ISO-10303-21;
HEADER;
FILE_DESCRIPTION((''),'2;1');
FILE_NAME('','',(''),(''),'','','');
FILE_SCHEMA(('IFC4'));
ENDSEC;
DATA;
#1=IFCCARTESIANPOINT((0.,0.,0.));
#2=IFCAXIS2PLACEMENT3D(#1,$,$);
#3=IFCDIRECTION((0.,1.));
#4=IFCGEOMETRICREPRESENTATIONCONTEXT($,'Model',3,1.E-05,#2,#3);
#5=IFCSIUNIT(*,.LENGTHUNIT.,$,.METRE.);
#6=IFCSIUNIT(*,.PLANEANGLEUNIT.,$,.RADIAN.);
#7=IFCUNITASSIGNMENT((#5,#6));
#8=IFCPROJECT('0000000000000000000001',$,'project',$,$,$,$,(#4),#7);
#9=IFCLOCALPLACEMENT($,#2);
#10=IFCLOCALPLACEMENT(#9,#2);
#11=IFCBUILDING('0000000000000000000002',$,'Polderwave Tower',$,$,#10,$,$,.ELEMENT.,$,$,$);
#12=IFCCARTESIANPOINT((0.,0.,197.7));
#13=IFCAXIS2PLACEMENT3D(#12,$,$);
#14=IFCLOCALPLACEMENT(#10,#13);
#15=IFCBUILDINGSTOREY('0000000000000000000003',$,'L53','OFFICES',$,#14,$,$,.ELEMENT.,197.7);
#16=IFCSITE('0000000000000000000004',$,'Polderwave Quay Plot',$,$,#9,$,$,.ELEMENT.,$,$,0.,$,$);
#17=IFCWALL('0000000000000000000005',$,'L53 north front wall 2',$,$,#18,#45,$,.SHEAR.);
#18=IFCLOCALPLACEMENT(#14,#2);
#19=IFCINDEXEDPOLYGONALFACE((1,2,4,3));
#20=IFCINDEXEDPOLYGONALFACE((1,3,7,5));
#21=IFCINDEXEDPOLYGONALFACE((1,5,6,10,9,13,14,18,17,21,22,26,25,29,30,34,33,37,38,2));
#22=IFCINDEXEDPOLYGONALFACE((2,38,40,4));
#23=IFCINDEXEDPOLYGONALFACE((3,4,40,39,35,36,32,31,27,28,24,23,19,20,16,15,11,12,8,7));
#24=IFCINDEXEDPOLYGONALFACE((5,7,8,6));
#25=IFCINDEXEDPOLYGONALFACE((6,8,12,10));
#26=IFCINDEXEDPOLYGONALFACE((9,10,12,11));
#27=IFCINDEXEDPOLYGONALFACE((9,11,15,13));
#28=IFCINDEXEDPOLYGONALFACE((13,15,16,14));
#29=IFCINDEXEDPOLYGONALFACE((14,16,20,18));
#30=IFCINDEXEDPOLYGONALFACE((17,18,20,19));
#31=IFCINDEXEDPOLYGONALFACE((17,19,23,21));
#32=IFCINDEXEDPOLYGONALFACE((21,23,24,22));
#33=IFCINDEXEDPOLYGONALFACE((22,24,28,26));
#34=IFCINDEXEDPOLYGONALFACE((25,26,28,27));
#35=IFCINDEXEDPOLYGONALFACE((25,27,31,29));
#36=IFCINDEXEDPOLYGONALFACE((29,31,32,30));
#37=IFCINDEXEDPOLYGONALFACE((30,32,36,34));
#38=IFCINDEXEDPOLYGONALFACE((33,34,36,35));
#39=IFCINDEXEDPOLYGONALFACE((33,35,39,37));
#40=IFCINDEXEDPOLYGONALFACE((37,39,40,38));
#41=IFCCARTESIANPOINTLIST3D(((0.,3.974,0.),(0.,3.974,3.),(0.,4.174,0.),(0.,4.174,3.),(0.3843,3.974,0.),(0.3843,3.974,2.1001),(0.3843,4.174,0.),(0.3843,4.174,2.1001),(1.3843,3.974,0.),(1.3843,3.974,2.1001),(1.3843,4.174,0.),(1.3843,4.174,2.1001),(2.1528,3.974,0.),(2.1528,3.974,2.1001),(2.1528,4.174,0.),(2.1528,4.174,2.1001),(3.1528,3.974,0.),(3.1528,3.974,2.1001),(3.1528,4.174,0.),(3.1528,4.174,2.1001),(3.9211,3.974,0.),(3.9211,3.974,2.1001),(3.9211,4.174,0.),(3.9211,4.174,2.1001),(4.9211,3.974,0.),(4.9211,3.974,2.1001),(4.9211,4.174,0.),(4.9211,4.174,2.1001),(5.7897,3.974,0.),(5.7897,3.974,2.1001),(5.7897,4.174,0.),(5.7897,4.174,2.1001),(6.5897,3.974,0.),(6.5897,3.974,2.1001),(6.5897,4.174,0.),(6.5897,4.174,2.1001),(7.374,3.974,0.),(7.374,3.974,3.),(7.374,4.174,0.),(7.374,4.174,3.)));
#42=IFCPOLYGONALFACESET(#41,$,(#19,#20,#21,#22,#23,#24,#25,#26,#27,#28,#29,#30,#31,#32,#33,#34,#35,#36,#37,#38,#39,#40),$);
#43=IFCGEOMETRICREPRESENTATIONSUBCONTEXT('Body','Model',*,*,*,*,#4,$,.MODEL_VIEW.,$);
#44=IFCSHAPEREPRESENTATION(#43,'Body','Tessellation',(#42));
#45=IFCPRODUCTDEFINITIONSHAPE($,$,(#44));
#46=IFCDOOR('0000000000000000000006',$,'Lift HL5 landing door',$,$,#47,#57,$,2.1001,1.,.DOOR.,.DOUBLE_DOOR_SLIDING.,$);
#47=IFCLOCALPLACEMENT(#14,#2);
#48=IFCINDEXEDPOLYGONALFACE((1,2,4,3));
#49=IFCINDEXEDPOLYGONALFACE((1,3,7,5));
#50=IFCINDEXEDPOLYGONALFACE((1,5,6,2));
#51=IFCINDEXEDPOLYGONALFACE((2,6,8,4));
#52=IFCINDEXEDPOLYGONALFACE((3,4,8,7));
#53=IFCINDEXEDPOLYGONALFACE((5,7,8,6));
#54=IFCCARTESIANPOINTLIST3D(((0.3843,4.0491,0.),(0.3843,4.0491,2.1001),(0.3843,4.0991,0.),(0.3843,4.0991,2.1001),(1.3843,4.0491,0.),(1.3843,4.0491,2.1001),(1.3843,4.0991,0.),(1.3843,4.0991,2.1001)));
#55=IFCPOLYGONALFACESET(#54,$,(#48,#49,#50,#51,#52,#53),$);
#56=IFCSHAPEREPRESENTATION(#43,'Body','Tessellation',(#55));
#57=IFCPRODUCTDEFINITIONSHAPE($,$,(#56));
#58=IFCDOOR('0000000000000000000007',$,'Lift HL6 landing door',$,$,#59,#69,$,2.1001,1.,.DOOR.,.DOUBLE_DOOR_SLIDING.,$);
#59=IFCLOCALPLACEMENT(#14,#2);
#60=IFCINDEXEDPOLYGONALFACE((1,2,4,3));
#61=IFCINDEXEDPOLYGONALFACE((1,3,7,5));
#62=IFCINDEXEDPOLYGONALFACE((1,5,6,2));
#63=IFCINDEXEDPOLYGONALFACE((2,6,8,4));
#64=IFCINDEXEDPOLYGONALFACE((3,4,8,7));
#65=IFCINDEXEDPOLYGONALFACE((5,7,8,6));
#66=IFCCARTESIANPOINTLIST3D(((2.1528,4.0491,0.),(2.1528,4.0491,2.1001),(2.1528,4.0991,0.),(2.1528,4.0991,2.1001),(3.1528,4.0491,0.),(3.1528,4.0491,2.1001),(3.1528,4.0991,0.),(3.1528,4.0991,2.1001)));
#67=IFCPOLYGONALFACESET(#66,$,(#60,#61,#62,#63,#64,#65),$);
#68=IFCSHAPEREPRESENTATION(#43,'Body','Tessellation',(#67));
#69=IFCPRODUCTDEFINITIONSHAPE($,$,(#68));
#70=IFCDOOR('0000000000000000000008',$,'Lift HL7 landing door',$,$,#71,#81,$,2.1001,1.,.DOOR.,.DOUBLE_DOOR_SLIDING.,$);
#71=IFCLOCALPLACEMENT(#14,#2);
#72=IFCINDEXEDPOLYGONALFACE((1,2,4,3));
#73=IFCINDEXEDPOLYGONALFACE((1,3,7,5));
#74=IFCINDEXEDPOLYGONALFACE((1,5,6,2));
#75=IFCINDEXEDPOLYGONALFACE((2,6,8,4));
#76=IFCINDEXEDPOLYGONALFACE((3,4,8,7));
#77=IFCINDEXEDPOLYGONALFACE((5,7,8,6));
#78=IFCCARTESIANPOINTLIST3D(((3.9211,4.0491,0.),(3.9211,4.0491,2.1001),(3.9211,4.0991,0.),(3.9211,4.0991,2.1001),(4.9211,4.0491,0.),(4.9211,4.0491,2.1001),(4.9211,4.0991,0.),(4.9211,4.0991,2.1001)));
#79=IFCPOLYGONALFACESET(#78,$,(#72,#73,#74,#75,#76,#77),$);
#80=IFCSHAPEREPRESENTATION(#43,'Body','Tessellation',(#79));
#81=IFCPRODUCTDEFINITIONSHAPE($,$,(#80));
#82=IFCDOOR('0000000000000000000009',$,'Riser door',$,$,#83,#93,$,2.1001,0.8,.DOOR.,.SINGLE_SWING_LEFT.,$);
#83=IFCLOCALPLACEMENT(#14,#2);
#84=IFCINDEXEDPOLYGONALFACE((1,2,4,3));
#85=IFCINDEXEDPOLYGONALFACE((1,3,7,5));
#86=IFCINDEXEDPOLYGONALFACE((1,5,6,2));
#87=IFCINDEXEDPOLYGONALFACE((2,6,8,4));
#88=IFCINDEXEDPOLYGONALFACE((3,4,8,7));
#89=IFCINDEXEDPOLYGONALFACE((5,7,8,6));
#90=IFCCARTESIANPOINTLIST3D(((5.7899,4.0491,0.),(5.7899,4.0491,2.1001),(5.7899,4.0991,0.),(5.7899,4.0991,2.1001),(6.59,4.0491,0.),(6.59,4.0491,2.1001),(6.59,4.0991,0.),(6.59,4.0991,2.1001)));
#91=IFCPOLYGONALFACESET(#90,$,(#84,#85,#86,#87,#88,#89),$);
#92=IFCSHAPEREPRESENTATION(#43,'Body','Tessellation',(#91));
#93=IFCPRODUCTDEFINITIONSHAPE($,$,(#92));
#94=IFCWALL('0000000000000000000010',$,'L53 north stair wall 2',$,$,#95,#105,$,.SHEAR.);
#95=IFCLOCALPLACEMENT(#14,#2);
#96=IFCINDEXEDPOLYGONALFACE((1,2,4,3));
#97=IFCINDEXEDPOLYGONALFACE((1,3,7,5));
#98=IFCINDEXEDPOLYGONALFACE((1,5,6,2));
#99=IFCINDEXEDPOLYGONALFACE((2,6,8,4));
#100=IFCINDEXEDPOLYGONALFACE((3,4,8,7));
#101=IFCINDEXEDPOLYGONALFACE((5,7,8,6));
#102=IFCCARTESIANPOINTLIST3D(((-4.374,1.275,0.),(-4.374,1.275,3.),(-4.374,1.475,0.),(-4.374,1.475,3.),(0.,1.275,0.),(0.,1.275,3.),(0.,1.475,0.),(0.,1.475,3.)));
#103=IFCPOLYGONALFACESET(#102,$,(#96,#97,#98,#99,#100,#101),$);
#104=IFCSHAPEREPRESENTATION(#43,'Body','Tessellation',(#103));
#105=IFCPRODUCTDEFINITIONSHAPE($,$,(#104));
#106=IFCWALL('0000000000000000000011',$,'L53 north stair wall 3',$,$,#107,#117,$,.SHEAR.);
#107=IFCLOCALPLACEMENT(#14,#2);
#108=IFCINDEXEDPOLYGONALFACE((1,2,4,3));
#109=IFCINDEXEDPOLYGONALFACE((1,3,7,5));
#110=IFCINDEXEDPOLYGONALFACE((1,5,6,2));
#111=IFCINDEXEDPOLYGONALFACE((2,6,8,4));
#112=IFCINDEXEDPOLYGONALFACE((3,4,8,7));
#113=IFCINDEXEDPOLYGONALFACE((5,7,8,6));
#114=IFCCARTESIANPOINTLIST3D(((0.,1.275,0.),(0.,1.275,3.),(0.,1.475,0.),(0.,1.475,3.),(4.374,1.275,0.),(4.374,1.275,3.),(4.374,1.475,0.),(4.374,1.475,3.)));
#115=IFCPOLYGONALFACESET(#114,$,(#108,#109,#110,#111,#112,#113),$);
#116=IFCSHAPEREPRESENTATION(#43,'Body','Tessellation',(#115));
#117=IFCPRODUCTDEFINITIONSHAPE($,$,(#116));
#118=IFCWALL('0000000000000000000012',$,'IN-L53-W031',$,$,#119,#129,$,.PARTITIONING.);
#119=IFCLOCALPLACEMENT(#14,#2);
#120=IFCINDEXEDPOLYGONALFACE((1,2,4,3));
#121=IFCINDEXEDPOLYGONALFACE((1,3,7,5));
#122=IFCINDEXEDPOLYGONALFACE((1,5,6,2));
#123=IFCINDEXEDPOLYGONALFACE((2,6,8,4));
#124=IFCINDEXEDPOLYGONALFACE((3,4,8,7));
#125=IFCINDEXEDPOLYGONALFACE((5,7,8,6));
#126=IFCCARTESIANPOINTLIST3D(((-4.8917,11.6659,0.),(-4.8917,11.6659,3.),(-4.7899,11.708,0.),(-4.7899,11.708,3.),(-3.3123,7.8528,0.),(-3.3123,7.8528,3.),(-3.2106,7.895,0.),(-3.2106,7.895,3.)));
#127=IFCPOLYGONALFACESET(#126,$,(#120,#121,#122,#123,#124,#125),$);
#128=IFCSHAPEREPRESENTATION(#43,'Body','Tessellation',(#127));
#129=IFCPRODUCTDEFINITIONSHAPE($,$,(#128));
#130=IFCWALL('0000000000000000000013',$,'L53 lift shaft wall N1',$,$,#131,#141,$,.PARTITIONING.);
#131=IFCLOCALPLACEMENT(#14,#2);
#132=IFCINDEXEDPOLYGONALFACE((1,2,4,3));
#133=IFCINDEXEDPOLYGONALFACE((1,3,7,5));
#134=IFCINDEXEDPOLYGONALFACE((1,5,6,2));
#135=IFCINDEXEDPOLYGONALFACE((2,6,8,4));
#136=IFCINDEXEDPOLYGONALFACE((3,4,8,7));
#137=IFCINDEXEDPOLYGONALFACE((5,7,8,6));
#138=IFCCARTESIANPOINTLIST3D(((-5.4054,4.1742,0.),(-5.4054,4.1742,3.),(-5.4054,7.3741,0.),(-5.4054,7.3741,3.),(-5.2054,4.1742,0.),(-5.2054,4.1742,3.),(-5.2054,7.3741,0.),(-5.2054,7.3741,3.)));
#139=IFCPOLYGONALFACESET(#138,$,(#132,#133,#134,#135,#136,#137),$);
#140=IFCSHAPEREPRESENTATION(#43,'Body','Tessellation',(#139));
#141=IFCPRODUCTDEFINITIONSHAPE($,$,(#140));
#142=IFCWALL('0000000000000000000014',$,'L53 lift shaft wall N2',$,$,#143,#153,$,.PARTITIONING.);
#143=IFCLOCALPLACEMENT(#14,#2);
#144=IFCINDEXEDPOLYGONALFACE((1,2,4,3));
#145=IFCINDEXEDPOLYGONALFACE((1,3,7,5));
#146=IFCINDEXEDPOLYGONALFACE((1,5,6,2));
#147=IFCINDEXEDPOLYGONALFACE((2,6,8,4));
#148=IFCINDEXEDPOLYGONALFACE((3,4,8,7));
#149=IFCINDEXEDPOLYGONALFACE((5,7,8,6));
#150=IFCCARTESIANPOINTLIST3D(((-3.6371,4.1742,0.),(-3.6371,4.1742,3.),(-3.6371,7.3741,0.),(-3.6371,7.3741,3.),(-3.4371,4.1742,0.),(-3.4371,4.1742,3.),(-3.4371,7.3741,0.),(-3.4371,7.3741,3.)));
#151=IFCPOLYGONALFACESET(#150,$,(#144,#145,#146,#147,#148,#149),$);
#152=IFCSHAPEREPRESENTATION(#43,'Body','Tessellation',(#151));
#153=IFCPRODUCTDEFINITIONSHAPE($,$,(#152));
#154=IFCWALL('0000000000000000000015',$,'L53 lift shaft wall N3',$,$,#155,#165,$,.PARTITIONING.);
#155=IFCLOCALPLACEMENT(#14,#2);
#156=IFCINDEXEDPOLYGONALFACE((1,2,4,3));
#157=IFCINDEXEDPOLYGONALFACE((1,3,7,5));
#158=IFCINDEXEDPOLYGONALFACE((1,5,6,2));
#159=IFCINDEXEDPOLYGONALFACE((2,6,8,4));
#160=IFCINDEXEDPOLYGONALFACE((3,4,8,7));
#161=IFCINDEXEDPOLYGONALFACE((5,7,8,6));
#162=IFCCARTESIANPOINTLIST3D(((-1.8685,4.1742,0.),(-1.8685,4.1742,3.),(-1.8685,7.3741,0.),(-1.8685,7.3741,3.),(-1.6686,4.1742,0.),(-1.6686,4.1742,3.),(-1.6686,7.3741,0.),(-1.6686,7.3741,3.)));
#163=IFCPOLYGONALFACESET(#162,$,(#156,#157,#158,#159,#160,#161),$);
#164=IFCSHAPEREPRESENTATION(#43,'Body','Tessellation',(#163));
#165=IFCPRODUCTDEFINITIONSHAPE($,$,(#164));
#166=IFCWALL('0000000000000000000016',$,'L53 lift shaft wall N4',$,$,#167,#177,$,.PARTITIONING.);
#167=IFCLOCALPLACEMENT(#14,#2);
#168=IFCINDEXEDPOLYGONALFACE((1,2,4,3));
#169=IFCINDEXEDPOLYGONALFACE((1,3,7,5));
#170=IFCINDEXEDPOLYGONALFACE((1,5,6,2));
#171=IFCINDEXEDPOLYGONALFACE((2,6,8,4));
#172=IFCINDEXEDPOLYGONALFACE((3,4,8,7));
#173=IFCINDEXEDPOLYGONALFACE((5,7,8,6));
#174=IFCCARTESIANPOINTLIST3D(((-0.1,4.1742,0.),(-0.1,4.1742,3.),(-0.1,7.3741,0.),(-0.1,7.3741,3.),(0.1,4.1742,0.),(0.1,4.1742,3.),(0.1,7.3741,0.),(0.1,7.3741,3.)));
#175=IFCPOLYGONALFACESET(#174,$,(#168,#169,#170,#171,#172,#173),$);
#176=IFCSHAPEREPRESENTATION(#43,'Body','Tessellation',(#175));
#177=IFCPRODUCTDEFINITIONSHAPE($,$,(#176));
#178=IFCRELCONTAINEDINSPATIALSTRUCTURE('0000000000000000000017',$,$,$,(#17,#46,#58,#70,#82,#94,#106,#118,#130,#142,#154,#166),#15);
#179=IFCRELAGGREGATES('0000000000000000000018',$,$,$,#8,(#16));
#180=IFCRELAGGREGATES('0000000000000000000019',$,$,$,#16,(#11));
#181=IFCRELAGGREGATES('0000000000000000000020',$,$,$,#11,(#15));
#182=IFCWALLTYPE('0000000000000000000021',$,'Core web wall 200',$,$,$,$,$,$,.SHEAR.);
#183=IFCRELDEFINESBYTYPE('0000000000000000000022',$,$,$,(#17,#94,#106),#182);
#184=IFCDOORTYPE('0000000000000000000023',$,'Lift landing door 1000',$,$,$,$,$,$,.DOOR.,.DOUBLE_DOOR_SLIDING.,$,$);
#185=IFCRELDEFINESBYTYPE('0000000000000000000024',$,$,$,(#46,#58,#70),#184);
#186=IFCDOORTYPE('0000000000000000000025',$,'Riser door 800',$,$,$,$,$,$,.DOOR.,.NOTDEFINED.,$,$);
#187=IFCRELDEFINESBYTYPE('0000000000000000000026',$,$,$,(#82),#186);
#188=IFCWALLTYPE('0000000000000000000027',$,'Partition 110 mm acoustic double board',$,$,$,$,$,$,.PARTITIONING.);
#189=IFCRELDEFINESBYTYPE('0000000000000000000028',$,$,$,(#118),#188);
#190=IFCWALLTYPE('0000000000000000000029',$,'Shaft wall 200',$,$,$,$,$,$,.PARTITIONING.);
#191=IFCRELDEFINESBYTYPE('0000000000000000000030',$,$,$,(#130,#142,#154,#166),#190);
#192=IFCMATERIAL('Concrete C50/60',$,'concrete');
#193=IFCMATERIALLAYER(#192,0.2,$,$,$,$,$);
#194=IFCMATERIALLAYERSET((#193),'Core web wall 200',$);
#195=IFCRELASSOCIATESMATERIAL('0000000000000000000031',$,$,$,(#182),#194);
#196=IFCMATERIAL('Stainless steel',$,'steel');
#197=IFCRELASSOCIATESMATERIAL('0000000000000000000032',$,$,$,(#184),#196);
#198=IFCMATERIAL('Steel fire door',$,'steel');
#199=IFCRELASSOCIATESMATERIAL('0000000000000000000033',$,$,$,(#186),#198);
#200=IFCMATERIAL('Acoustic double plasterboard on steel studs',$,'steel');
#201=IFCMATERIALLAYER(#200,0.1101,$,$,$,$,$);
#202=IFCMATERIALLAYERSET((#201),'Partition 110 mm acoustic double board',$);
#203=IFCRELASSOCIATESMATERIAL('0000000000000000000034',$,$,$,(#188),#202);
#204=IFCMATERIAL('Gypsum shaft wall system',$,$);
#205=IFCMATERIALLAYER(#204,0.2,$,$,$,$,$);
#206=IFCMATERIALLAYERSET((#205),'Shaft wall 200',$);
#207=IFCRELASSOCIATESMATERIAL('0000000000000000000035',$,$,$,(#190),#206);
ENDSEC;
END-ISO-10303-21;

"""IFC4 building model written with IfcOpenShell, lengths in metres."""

from ifc_helpers import new_model, si_unit, direction, frame, frame_2d, origin, place, context, subcontext, project, spatial, rectangle, extrude, material, layer, layer_set, type_object, element, fill, save


model = new_model("IFC4")

# Units and contexts
model_context = context("Model", 3, precision=1e-05, world=origin(), true_north=direction((0.0, 1.0)))
body_context = subcontext(model_context, "Body", "Model", "MODEL_VIEW")
ifc_project = project(units=[si_unit("LENGTHUNIT", "METRE"), si_unit("PLANEANGLEUNIT", "RADIAN")], contexts=[model_context])

# Site, building, storey
site_placement = place(None, origin())
site = spatial("IfcSite", under=ifc_project, at=site_placement, Name="Polderwave Quay Plot", CompositionType="ELEMENT", RefElevation=0.0)
building_placement = place(site_placement, origin())
building = spatial("IfcBuilding", under=site, at=building_placement, Name="Polderwave Tower", CompositionType="ELEMENT")
storey_placement = place(building_placement, frame((0.0, 0.0, 197.7)))
storey = spatial("IfcBuildingStorey", under=building, at=storey_placement, Name="L53", Description="OFFICES", CompositionType="ELEMENT", Elevation=197.7)

# Wall, openings, doors
ifc_material_1 = material(Name="Concrete C50/60", Category="concrete")
ifc_layer_1 = layer(ifc_material_1, 0.2)
ifc_layer_set_1 = layer_set([ifc_layer_1], Name="Core web wall 200")
wall_type_1 = type_object("IfcWallType", Name="Core web wall 200", PredefinedType="SHEAR", material=ifc_layer_set_1)
ifc_material_2 = material(Name="Stainless steel", Category="steel")
door_type_1 = type_object("IfcDoorType", Name="Lift landing door 1000", OperationType="DOUBLE_DOOR_SLIDING", PredefinedType="DOOR", material=ifc_material_2)
wall_1_placement = place(storey_placement, frame((0.0, 4.074, 0.0), z_axis=(0.0, 0.0, 1.0), x_axis=(1.0, 0.0, 0.0)))
wall_1 = element("IfcWall", 1, at=wall_1_placement, inside=storey, type_object=wall_type_1, Name="L53 north front wall 2", PredefinedType="SHEAR", context=body_context, shape_type="SweptSolid", body=[
    extrude(rectangle(XDim=7.374, YDim=0.2, at=frame_2d((3.687, 0.0))), origin(), (0.0, 0.0, 1.0), 3.0),
])
opening_1_placement = place(wall_1_placement, frame((0.3843, 0.0, 0.0)))
opening_1 = element("IfcOpeningElement", 2, at=opening_1_placement, cuts=wall_1, PredefinedType="OPENING", context=body_context, shape_type="SweptSolid", body=[
    extrude(rectangle(XDim=1.0, YDim=2.1001, at=frame_2d((0.5, 1.05))), frame((0.0, 0.1099, 0.0), z_axis=(0.0, -1.0, 0.0), x_axis=(1.0, 0.0, 0.0)), (0.0, 0.0, 1.0), 0.22),
])
opening_2_placement = place(wall_1_placement, frame((2.1528, 0.0, 0.0)))
opening_2 = element("IfcOpeningElement", 3, at=opening_2_placement, cuts=wall_1, PredefinedType="OPENING", context=body_context, shape_type="SweptSolid", body=[
    extrude(rectangle(XDim=1.0, YDim=2.1001, at=frame_2d((0.5, 1.05))), frame((0.0, 0.1099, 0.0), z_axis=(0.0, -1.0, 0.0), x_axis=(1.0, 0.0, 0.0)), (0.0, 0.0, 1.0), 0.22),
])
opening_3_placement = place(wall_1_placement, frame((3.9211, 0.0, 0.0)))
opening_3 = element("IfcOpeningElement", 4, at=opening_3_placement, cuts=wall_1, PredefinedType="OPENING", context=body_context, shape_type="SweptSolid", body=[
    extrude(rectangle(XDim=1.0, YDim=2.1001, at=frame_2d((0.5, 1.05))), frame((0.0, 0.1099, 0.0), z_axis=(0.0, -1.0, 0.0), x_axis=(1.0, 0.0, 0.0)), (0.0, 0.0, 1.0), 0.22),
])
opening_4_placement = place(wall_1_placement, frame((5.7898, 0.0, 0.0)))
opening_4 = element("IfcOpeningElement", 5, at=opening_4_placement, cuts=wall_1, PredefinedType="OPENING", context=body_context, shape_type="SweptSolid", body=[
    extrude(rectangle(XDim=0.8, YDim=2.1001, at=frame_2d((0.3999, 1.05))), frame((0.0, 0.1099, 0.0), z_axis=(0.0, -1.0, 0.0), x_axis=(1.0, 0.0, 0.0)), (0.0, 0.0, 1.0), 0.22),
])
door_1_placement = place(opening_1_placement, frame((1.0, 0.0, 0.0), z_axis=(0.0, 0.0, 1.0), x_axis=(-1.0, 0.0, 0.0)))
door_1 = element("IfcDoor", 6, at=door_1_placement, inside=storey, type_object=door_type_1, Name="Lift HL5 landing door", OperationType="DOUBLE_DOOR_SLIDING", OverallHeight=2.1001, OverallWidth=1.0, PredefinedType="DOOR", context=body_context, shape_type="SweptSolid", body=[
    extrude(rectangle(XDim=1.0, YDim=2.1001, at=frame_2d((0.5, 1.05))), frame((0.0, 0.0249, 0.0), z_axis=(0.0, -1.0, 0.0), x_axis=(1.0, 0.0, 0.0)), (0.0, 0.0, 1.0), 0.05),
])
fill(opening_1, door_1)
door_2_placement = place(opening_2_placement, frame((1.0, 0.0, 0.0), z_axis=(0.0, 0.0, 1.0), x_axis=(-1.0, 0.0, 0.0)))
door_2 = element("IfcDoor", 7, at=door_2_placement, inside=storey, type_object=door_type_1, Name="Lift HL6 landing door", OperationType="DOUBLE_DOOR_SLIDING", OverallHeight=2.1001, OverallWidth=1.0, PredefinedType="DOOR", context=body_context, shape_type="SweptSolid", body=[
    extrude(rectangle(XDim=1.0, YDim=2.1001, at=frame_2d((0.5, 1.05))), frame((0.0, 0.0249, 0.0), z_axis=(0.0, -1.0, 0.0), x_axis=(1.0, 0.0, 0.0)), (0.0, 0.0, 1.0), 0.05),
])
fill(opening_2, door_2)
door_3_placement = place(opening_3_placement, frame((1.0, 0.0, 0.0), z_axis=(0.0, 0.0, 1.0), x_axis=(-1.0, 0.0, 0.0)))
door_3 = element("IfcDoor", 8, at=door_3_placement, inside=storey, type_object=door_type_1, Name="Lift HL7 landing door", OperationType="DOUBLE_DOOR_SLIDING", OverallHeight=2.1001, OverallWidth=1.0, PredefinedType="DOOR", context=body_context, shape_type="SweptSolid", body=[
    extrude(rectangle(XDim=1.0, YDim=2.1001, at=frame_2d((0.5, 1.05))), frame((0.0, 0.0249, 0.0), z_axis=(0.0, -1.0, 0.0), x_axis=(1.0, 0.0, 0.0)), (0.0, 0.0, 1.0), 0.05),
])
fill(opening_3, door_3)
ifc_material_3 = material(Name="Steel fire door", Category="steel")
door_type_2 = type_object("IfcDoorType", Name="Riser door 800", OperationType="NOTDEFINED", PredefinedType="DOOR", material=ifc_material_3)
door_4_placement = place(opening_4_placement, frame((0.8, 0.0, 0.0), z_axis=(0.0, 0.0, 1.0), x_axis=(-1.0, 0.0, 0.0)))
door_4 = element("IfcDoor", 9, at=door_4_placement, inside=storey, type_object=door_type_2, Name="Riser door", OperationType="SINGLE_SWING_LEFT", OverallHeight=2.1001, OverallWidth=0.8, PredefinedType="DOOR", context=body_context, shape_type="SweptSolid", body=[
    extrude(rectangle(XDim=0.8, YDim=2.1001, at=frame_2d((0.3999, 1.05))), frame((0.0, 0.0249, 0.0), z_axis=(0.0, -1.0, 0.0), x_axis=(1.0, 0.0, 0.0)), (0.0, 0.0, 1.0), 0.05),
])
fill(opening_4, door_4)

# Walls
for number, where, z_axis, x_axis, name in (
    (10, (-4.374, 1.375, 0.0), (0.0, 0.0, 1.0), (1.0, 0.0, 0.0), "L53 north stair wall 2"),
    (11, (0.0, 1.375, 0.0), (0.0, 0.0, 1.0), (1.0, 0.0, 0.0), "L53 north stair wall 3"),
):
    element("IfcWall", number, at=place(storey_placement, frame(where, z_axis=z_axis, x_axis=x_axis)), inside=storey, type_object=wall_type_1, Name=name, PredefinedType="SHEAR", context=body_context, shape_type="SweptSolid", body=[
        extrude(rectangle(XDim=4.374, YDim=0.2, at=frame_2d((2.187, 0.0))), origin(), (0.0, 0.0, 1.0), 3.0),
    ])
ifc_material_4 = material(Name="Acoustic double plasterboard on steel studs", Category="steel")
ifc_layer_2 = layer(ifc_material_4, 0.1101)
ifc_layer_set_2 = layer_set([ifc_layer_2], Name="Partition 110 mm acoustic double board")
wall_type_2 = type_object("IfcWallType", Name="Partition 110 mm acoustic double board", PredefinedType="PARTITIONING", material=ifc_layer_set_2)
wall_2_placement = place(storey_placement, frame((-3.2615, 7.874, 0.0), z_axis=(0.0, 0.0, 1.0), x_axis=(-0.382674, 0.923883, 0.0)))
element("IfcWall", 12, at=wall_2_placement, inside=storey, type_object=wall_type_2, Name="IN-L53-W031", PredefinedType="PARTITIONING", context=body_context, shape_type="SweptSolid", body=[
    extrude(rectangle(XDim=4.1272, YDim=0.1101, at=frame_2d((2.0635, 0.0))), origin(), (0.0, 0.0, 1.0), 3.0),
])
ifc_material_5 = material(Name="Gypsum shaft wall system")
ifc_layer_3 = layer(ifc_material_5, 0.2)
ifc_layer_set_3 = layer_set([ifc_layer_3], Name="Shaft wall 200")
wall_type_3 = type_object("IfcWallType", Name="Shaft wall 200", PredefinedType="PARTITIONING", material=ifc_layer_set_3)
for number, where, z_axis, x_axis, name in (
    (13, (-5.3054, 4.1741, 0.0), (0.0, 0.0, 1.0), (0.0, 1.0, 0.0), "L53 lift shaft wall N1"),
    (14, (-3.5371, 4.1741, 0.0), (0.0, 0.0, 1.0), (0.0, 1.0, 0.0), "L53 lift shaft wall N2"),
    (15, (-1.7686, 4.1741, 0.0), (0.0, 0.0, 1.0), (0.0, 1.0, 0.0), "L53 lift shaft wall N3"),
    (16, (0.0, 4.1741, 0.0), (0.0, 0.0, 1.0), (0.0, 1.0, 0.0), "L53 lift shaft wall N4"),
):
    element("IfcWall", number, at=place(storey_placement, frame(where, z_axis=z_axis, x_axis=x_axis)), inside=storey, type_object=wall_type_3, Name=name, PredefinedType="PARTITIONING", context=body_context, shape_type="SweptSolid", body=[
        extrude(rectangle(XDim=3.2, YDim=0.2, at=frame_2d((1.6001, 0.0))), origin(), (0.0, 0.0, 1.0), 3.0),
    ])

save(model, "model.ifc")
